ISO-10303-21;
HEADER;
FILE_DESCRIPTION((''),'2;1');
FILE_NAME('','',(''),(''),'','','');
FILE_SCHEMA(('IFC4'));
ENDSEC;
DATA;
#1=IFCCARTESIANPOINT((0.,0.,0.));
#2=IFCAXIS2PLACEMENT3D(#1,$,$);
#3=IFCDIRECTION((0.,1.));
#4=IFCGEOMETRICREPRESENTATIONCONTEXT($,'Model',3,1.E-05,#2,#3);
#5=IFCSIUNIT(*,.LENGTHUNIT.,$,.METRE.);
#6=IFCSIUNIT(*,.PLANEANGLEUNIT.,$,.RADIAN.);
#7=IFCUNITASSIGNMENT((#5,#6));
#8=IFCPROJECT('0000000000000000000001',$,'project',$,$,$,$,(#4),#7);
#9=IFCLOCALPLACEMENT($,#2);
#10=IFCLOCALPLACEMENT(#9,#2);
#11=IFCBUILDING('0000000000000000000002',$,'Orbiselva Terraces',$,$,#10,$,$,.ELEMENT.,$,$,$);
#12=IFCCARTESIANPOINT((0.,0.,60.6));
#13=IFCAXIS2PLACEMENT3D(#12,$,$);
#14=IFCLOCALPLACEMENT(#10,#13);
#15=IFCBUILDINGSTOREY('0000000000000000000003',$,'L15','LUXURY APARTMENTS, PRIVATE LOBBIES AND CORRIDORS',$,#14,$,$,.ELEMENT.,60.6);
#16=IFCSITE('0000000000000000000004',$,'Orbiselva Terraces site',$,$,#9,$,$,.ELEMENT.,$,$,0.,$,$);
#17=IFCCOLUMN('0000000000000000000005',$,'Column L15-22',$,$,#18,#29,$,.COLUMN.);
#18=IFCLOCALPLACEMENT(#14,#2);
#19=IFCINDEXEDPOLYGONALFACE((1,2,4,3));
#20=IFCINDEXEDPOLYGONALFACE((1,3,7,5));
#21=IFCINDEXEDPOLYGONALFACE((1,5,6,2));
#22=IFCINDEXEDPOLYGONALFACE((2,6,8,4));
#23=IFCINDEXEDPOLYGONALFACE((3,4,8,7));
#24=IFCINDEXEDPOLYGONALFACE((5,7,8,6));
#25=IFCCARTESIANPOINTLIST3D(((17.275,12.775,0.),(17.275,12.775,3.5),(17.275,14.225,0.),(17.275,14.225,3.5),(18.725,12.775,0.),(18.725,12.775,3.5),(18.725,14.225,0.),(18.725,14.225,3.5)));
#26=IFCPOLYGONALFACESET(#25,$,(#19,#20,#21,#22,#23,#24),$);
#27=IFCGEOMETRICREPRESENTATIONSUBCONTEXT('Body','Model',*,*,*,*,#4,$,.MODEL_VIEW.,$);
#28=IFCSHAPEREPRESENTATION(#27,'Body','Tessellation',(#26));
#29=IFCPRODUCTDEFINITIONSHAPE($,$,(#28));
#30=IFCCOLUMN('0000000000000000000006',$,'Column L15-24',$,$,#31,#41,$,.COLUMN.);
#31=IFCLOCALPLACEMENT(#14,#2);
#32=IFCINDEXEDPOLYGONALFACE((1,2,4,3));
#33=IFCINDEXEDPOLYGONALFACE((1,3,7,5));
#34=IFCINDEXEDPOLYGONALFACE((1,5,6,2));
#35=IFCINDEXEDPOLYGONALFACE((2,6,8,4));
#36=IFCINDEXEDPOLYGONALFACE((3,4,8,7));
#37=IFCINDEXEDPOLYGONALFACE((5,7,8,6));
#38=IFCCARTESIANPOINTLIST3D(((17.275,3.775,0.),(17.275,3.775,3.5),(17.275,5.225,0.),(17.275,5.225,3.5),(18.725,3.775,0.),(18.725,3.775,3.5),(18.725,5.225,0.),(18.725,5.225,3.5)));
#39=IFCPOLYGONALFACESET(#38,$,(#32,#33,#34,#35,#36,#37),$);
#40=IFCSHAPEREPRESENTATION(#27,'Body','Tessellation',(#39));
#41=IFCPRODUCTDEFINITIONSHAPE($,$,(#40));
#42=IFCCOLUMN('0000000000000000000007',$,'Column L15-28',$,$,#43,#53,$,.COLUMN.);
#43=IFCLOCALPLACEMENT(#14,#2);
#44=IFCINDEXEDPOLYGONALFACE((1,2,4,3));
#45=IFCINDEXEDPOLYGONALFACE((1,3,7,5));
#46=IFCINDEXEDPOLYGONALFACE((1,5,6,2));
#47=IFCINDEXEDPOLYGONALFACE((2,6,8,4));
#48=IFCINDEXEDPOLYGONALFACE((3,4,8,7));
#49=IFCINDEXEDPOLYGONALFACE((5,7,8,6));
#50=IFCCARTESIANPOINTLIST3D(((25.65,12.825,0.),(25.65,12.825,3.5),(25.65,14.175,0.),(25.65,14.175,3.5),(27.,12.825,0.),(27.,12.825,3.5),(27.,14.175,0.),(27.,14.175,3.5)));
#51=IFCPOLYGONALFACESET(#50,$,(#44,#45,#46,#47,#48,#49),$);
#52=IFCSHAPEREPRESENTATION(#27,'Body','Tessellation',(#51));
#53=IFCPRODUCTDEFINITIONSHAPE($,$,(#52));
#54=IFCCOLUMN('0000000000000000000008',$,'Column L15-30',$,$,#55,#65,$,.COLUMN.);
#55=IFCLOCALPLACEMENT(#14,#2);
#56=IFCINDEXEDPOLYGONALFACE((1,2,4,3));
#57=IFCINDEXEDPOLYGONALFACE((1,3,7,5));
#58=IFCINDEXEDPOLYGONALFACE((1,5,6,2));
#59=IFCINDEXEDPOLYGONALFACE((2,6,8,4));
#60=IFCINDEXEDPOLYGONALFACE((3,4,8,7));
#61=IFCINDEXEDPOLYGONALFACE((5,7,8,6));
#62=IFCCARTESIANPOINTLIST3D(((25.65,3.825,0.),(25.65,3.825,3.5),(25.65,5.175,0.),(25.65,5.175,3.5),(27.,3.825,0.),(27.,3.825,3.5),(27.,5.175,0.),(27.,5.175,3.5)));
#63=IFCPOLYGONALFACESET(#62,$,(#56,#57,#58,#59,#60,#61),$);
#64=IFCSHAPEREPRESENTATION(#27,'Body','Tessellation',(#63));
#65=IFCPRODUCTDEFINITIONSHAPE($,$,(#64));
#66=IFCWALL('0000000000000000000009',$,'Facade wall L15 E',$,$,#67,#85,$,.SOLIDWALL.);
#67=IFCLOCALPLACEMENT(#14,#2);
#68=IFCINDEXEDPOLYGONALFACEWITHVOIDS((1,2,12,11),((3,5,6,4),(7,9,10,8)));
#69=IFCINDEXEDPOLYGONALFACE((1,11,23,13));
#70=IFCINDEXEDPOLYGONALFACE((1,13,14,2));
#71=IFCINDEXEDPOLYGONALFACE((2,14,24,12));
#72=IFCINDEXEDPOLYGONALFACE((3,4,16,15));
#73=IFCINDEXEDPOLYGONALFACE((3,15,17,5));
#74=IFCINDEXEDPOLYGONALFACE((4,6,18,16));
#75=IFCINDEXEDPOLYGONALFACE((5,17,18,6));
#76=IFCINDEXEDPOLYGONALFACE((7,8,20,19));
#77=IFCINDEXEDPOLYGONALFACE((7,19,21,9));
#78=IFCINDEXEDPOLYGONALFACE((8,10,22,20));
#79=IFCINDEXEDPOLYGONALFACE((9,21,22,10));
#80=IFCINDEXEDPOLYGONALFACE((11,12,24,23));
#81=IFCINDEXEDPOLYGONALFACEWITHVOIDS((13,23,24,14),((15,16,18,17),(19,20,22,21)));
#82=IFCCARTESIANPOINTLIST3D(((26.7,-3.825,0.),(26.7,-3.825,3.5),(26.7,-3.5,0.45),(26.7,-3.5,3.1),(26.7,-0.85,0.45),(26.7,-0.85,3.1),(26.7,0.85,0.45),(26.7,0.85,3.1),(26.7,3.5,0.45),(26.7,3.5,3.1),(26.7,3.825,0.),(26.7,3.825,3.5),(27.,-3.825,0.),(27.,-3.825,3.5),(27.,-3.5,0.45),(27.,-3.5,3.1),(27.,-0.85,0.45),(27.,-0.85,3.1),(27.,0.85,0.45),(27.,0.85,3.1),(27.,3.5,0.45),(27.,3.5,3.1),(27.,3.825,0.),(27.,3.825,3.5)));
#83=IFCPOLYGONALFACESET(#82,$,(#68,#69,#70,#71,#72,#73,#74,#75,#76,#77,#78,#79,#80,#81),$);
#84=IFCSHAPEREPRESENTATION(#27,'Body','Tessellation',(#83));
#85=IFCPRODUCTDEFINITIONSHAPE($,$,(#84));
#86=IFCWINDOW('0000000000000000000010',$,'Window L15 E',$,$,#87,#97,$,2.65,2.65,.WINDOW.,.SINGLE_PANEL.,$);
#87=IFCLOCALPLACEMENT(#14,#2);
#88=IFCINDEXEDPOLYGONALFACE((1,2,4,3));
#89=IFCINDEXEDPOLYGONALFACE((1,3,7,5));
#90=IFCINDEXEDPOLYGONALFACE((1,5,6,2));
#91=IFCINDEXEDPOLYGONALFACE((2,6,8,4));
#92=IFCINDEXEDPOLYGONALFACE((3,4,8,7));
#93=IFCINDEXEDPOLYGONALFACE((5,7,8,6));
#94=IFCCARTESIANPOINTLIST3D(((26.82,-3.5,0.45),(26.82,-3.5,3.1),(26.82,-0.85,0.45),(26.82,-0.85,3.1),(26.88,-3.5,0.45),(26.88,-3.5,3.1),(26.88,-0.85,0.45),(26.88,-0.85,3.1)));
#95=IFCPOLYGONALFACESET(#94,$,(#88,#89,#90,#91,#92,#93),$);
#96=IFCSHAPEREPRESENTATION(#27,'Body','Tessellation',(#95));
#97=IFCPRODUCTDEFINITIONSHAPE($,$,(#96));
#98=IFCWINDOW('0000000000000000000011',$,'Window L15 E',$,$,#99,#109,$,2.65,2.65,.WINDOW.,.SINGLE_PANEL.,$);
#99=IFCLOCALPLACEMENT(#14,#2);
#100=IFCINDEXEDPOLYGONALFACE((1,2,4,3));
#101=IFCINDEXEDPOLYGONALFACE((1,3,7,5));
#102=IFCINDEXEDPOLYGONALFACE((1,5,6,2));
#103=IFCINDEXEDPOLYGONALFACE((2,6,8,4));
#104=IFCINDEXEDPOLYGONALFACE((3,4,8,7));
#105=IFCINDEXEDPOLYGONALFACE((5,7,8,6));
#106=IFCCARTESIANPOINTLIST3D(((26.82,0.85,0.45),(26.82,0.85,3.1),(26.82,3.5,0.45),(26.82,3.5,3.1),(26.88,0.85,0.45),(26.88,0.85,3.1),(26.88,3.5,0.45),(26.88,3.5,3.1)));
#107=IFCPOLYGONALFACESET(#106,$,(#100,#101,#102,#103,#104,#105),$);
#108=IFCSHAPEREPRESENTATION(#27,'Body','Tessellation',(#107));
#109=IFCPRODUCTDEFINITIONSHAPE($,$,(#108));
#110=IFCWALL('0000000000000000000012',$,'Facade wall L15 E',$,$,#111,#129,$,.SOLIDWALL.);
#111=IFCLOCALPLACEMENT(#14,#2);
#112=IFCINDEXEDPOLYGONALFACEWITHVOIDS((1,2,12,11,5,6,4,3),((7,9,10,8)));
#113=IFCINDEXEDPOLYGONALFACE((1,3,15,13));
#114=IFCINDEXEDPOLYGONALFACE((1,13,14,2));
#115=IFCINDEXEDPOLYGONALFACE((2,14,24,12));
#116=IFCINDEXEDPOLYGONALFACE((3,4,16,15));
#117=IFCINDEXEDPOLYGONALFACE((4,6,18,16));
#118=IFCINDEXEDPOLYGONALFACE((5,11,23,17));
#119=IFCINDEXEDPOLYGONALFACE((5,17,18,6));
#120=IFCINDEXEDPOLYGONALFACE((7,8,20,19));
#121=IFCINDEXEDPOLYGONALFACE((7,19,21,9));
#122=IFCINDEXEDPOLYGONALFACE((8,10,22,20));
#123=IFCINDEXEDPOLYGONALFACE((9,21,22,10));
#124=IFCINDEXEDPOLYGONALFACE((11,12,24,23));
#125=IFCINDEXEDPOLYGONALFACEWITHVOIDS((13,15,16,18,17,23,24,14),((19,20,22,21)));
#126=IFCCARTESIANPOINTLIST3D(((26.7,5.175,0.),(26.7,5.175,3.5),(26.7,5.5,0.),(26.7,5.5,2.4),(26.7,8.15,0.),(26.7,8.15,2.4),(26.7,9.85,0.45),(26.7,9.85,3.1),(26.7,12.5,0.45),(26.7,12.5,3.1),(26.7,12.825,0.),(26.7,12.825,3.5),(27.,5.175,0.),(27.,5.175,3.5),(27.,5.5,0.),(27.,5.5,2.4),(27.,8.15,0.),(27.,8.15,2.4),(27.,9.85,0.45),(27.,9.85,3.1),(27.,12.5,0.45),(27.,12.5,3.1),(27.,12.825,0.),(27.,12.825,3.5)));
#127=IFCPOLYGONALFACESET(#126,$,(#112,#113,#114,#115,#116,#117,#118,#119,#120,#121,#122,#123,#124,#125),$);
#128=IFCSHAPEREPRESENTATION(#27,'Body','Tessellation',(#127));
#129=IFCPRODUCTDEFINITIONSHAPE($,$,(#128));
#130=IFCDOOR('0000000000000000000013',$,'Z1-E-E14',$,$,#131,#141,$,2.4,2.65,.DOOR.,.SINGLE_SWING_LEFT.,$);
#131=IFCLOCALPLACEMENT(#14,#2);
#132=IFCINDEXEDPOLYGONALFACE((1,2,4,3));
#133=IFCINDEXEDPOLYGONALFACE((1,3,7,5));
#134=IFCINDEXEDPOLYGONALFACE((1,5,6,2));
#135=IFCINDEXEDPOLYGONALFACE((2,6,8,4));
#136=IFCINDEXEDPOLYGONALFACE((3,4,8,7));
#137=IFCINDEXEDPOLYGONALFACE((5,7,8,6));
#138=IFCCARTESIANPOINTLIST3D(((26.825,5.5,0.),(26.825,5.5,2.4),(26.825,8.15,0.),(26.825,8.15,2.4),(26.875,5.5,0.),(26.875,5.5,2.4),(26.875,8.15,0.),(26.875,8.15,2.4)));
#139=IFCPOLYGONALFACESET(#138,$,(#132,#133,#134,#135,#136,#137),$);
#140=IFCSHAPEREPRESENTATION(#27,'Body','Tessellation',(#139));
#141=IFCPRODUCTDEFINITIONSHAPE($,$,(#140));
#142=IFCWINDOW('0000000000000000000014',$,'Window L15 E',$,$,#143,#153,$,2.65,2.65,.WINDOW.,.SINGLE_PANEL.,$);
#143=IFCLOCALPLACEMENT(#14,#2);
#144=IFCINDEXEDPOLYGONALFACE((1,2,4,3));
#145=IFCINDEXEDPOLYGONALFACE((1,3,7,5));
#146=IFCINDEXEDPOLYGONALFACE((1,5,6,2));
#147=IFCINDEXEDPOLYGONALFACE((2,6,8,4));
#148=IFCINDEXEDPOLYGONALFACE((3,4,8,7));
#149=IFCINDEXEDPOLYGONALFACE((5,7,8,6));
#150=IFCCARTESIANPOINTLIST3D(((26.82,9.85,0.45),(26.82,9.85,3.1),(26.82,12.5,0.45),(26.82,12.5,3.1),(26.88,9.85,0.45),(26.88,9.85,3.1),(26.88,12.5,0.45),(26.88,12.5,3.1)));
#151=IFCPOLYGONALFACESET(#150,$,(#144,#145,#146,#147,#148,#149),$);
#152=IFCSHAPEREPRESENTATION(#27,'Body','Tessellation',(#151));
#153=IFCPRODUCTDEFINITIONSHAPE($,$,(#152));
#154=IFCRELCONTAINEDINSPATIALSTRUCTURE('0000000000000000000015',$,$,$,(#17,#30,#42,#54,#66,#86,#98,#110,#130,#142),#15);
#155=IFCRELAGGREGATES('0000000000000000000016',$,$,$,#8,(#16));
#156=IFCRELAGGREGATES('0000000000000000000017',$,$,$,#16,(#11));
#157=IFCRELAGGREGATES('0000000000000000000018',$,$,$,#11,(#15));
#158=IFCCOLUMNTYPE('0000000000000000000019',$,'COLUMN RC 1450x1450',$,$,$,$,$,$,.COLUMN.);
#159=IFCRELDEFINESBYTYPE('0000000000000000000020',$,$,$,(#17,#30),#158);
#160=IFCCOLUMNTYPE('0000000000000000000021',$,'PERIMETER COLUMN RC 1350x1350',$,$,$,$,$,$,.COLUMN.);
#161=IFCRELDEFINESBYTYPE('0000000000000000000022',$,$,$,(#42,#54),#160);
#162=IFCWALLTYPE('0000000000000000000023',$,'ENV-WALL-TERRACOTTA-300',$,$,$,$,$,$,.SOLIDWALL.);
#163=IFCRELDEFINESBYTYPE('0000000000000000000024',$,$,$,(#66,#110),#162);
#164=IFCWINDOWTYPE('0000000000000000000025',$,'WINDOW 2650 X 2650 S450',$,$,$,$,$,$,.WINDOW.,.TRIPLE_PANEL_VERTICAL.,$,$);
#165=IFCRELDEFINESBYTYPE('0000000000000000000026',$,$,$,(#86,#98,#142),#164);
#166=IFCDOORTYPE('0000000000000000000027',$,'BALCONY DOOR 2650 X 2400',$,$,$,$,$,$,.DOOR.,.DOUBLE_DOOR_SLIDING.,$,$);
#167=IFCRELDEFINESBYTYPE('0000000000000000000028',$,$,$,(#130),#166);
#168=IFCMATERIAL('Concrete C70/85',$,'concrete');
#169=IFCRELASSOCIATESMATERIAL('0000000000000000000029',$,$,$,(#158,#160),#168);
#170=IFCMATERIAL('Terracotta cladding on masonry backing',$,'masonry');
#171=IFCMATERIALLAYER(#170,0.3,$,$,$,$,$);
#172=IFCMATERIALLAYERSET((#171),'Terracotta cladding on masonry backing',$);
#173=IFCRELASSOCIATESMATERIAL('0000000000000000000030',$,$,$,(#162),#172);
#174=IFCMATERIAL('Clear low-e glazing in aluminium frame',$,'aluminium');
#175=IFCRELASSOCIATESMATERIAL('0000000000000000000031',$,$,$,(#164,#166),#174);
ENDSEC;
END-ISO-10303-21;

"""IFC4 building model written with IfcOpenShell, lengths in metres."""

from ifc_helpers import new_model, si_unit, direction, frame, frame_2d, origin, origin_2d, place, context, subcontext, project, spatial, rectangle, extrude, material, layer, layer_set, material_profile, profile_set, type_object, element, fill, save


model = new_model("IFC4")

# Units and contexts
model_context = context("Model", 3, precision=1e-05, world=origin(), true_north=direction((0.0, 1.0)))
body_context = subcontext(model_context, "Body", "Model", "MODEL_VIEW")
ifc_project = project(units=[si_unit("LENGTHUNIT", "METRE"), si_unit("PLANEANGLEUNIT", "RADIAN")], contexts=[model_context])

# Site, building, storey
site_placement = place(None, origin())
site = spatial("IfcSite", under=ifc_project, at=site_placement, Name="Orbiselva Terraces site", CompositionType="ELEMENT", RefElevation=0.0)
building_placement = place(site_placement, origin())
building = spatial("IfcBuilding", under=site, at=building_placement, Name="Orbiselva Terraces", CompositionType="ELEMENT")
storey_placement = place(building_placement, frame((0.0, 0.0, 60.6)))
storey = spatial("IfcBuildingStorey", under=building, at=storey_placement, Name="L15", Description="LUXURY APARTMENTS, PRIVATE LOBBIES AND CORRIDORS", CompositionType="ELEMENT", Elevation=60.6)

# Columns
ifc_material_1 = material(Name="Concrete C70/85", Category="concrete")
ifc_material_profile_1 = material_profile(ifc_material_1, rectangle(XDim=1.45, YDim=1.45, at=origin_2d()), Name="RC 1450x1450")
ifc_profile_set_1 = profile_set([ifc_material_profile_1], Name="Concrete C70/85")
column_type_1 = type_object("IfcColumnType", Name="COLUMN RC 1450x1450", PredefinedType="COLUMN", material=ifc_profile_set_1)
for number, where, z_axis, x_axis, name in (
    (1, (18.0, 13.5, 0.0), (0.0, 0.0, 1.0), (1.0, 0.0, 0.0), "Column L15-22"),
    (2, (18.0, 4.5, 0.0), (0.0, 0.0, 1.0), (1.0, 0.0, 0.0), "Column L15-24"),
):
    element("IfcColumn", number, at=place(storey_placement, frame(where, z_axis=z_axis, x_axis=x_axis)), inside=storey, type_object=column_type_1, Name=name, PredefinedType="COLUMN", context=body_context, shape_type="SweptSolid", body=[
        extrude(rectangle(XDim=1.45, YDim=1.45, at=origin_2d()), origin(), (0.0, 0.0, 1.0), 3.5),
    ])
ifc_material_profile_2 = material_profile(ifc_material_1, rectangle(XDim=1.35, YDim=1.35, at=origin_2d()), Name="RC 1350x1350")
ifc_profile_set_2 = profile_set([ifc_material_profile_2], Name="Concrete C70/85")
column_type_2 = type_object("IfcColumnType", Name="PERIMETER COLUMN RC 1350x1350", PredefinedType="COLUMN", material=ifc_profile_set_2)
for number, where, z_axis, x_axis, name in (
    (3, (26.325, 13.5, 0.0), (0.0, 0.0, 1.0), (1.0, 0.0, 0.0), "Column L15-28"),
    (4, (26.325, 4.5, 0.0), (0.0, 0.0, 1.0), (1.0, 0.0, 0.0), "Column L15-30"),
):
    element("IfcColumn", number, at=place(storey_placement, frame(where, z_axis=z_axis, x_axis=x_axis)), inside=storey, type_object=column_type_2, Name=name, PredefinedType="COLUMN", context=body_context, shape_type="SweptSolid", body=[
        extrude(rectangle(XDim=1.35, YDim=1.35, at=origin_2d()), origin(), (0.0, 0.0, 1.0), 3.5),
    ])

# Wall, openings, windows
ifc_material_2 = material(Name="Terracotta cladding on masonry backing", Category="masonry")
ifc_layer_1 = layer(ifc_material_2, 0.3)
ifc_layer_set_1 = layer_set([ifc_layer_1], Name="Terracotta cladding on masonry backing")
wall_type_1 = type_object("IfcWallType", Name="ENV-WALL-TERRACOTTA-300", PredefinedType="SOLIDWALL", material=ifc_layer_set_1)
wall_1_placement = place(storey_placement, frame((26.85, 3.825, 0.0), z_axis=(0.0, 0.0, 1.0), x_axis=(0.0, -1.0, 0.0)))
wall_1 = element("IfcWall", 5, at=wall_1_placement, inside=storey, type_object=wall_type_1, Name="Facade wall L15 E", PredefinedType="SOLIDWALL", context=body_context, shape_type="SweptSolid", body=[
    extrude(rectangle(XDim=7.65, YDim=0.3, at=frame_2d((3.825, 0.0))), origin(), (0.0, 0.0, 1.0), 3.5),
])
opening_1_placement = place(wall_1_placement, frame((4.675, 0.0, 0.45)))
opening_1 = element("IfcOpeningElement", 6, at=opening_1_placement, cuts=wall_1, PredefinedType="OPENING", context=body_context, shape_type="SweptSolid", body=[
    extrude(rectangle(XDim=2.65, YDim=2.65, at=frame_2d((1.325, 1.325))), frame((0.0, 0.16, 0.0), z_axis=(0.0, -1.0, 0.0), x_axis=(1.0, 0.0, 0.0)), (0.0, 0.0, 1.0), 0.32),
])
opening_2_placement = place(wall_1_placement, frame((0.325, 0.0, 0.45)))
opening_2 = element("IfcOpeningElement", 7, at=opening_2_placement, cuts=wall_1, PredefinedType="OPENING", context=body_context, shape_type="SweptSolid", body=[
    extrude(rectangle(XDim=2.65, YDim=2.65, at=frame_2d((1.325, 1.325))), frame((0.0, 0.16, 0.0), z_axis=(0.0, -1.0, 0.0), x_axis=(1.0, 0.0, 0.0)), (0.0, 0.0, 1.0), 0.32),
])
ifc_material_3 = material(Name="Clear low-e glazing in aluminium frame", Category="aluminium")
window_type = type_object("IfcWindowType", Name="WINDOW 2650 X 2650 S450", PartitioningType="TRIPLE_PANEL_VERTICAL", PredefinedType="WINDOW", material=ifc_material_3)
window_1_placement = place(opening_1_placement, origin())
window_1 = element("IfcWindow", 8, at=window_1_placement, inside=storey, type_object=window_type, Name="Window L15 E", OverallHeight=2.65, OverallWidth=2.65, PartitioningType="SINGLE_PANEL", PredefinedType="WINDOW", context=body_context, shape_type="SweptSolid", body=[
    extrude(rectangle(XDim=2.65, YDim=2.65, at=frame_2d((1.325, 1.325))), frame((0.0, 0.03, 0.0), z_axis=(0.0, -1.0, 0.0), x_axis=(1.0, 0.0, 0.0)), (0.0, 0.0, 1.0), 0.06),
])
fill(opening_1, window_1)
window_2_placement = place(opening_2_placement, origin())
window_2 = element("IfcWindow", 9, at=window_2_placement, inside=storey, type_object=window_type, Name="Window L15 E", OverallHeight=2.65, OverallWidth=2.65, PartitioningType="SINGLE_PANEL", PredefinedType="WINDOW", context=body_context, shape_type="SweptSolid", body=[
    extrude(rectangle(XDim=2.65, YDim=2.65, at=frame_2d((1.325, 1.325))), frame((0.0, 0.03, 0.0), z_axis=(0.0, -1.0, 0.0), x_axis=(1.0, 0.0, 0.0)), (0.0, 0.0, 1.0), 0.06),
])
fill(opening_2, window_2)

# Wall, openings, door, window
wall_2_placement = place(storey_placement, frame((26.85, 12.825, 0.0), z_axis=(0.0, 0.0, 1.0), x_axis=(0.0, -1.0, 0.0)))
wall_2 = element("IfcWall", 10, at=wall_2_placement, inside=storey, type_object=wall_type_1, Name="Facade wall L15 E", PredefinedType="SOLIDWALL", context=body_context, shape_type="SweptSolid", body=[
    extrude(rectangle(XDim=7.65, YDim=0.3, at=frame_2d((3.825, 0.0))), origin(), (0.0, 0.0, 1.0), 3.5),
])
opening_3_placement = place(wall_2_placement, frame((4.675, 0.0, 0.0)))
opening_3 = element("IfcOpeningElement", 11, at=opening_3_placement, cuts=wall_2, PredefinedType="OPENING", context=body_context, shape_type="SweptSolid", body=[
    extrude(rectangle(XDim=2.65, YDim=2.4, at=frame_2d((1.325, 1.2))), frame((0.0, 0.16, 0.0), z_axis=(0.0, -1.0, 0.0), x_axis=(1.0, 0.0, 0.0)), (0.0, 0.0, 1.0), 0.32),
])
opening_4_placement = place(wall_2_placement, frame((0.325, 0.0, 0.45)))
opening_4 = element("IfcOpeningElement", 12, at=opening_4_placement, cuts=wall_2, PredefinedType="OPENING", context=body_context, shape_type="SweptSolid", body=[
    extrude(rectangle(XDim=2.65, YDim=2.65, at=frame_2d((1.325, 1.325))), frame((0.0, 0.16, 0.0), z_axis=(0.0, -1.0, 0.0), x_axis=(1.0, 0.0, 0.0)), (0.0, 0.0, 1.0), 0.32),
])
door_type_1 = type_object("IfcDoorType", Name="BALCONY DOOR 2650 X 2400", OperationType="DOUBLE_DOOR_SLIDING", PredefinedType="DOOR", material=ifc_material_3)
door_1_placement = place(opening_3_placement, origin())
door_1 = element("IfcDoor", 13, at=door_1_placement, inside=storey, type_object=door_type_1, Name="Z1-E-E14", OperationType="SINGLE_SWING_LEFT", OverallHeight=2.4, OverallWidth=2.65, PredefinedType="DOOR", context=body_context, shape_type="SweptSolid", body=[
    extrude(rectangle(XDim=2.65, YDim=2.4, at=frame_2d((1.325, 1.2))), frame((0.0, 0.025, 0.0), z_axis=(0.0, -1.0, 0.0), x_axis=(1.0, 0.0, 0.0)), (0.0, 0.0, 1.0), 0.05),
])
fill(opening_3, door_1)
window_3_placement = place(opening_4_placement, origin())
window_3 = element("IfcWindow", 14, at=window_3_placement, inside=storey, type_object=window_type, Name="Window L15 E", OverallHeight=2.65, OverallWidth=2.65, PartitioningType="SINGLE_PANEL", PredefinedType="WINDOW", context=body_context, shape_type="SweptSolid", body=[
    extrude(rectangle(XDim=2.65, YDim=2.65, at=frame_2d((1.325, 1.325))), frame((0.0, 0.03, 0.0), z_axis=(0.0, -1.0, 0.0), x_axis=(1.0, 0.0, 0.0)), (0.0, 0.0, 1.0), 0.06),
])
fill(opening_4, window_3)

save(model, "model.ifc")
